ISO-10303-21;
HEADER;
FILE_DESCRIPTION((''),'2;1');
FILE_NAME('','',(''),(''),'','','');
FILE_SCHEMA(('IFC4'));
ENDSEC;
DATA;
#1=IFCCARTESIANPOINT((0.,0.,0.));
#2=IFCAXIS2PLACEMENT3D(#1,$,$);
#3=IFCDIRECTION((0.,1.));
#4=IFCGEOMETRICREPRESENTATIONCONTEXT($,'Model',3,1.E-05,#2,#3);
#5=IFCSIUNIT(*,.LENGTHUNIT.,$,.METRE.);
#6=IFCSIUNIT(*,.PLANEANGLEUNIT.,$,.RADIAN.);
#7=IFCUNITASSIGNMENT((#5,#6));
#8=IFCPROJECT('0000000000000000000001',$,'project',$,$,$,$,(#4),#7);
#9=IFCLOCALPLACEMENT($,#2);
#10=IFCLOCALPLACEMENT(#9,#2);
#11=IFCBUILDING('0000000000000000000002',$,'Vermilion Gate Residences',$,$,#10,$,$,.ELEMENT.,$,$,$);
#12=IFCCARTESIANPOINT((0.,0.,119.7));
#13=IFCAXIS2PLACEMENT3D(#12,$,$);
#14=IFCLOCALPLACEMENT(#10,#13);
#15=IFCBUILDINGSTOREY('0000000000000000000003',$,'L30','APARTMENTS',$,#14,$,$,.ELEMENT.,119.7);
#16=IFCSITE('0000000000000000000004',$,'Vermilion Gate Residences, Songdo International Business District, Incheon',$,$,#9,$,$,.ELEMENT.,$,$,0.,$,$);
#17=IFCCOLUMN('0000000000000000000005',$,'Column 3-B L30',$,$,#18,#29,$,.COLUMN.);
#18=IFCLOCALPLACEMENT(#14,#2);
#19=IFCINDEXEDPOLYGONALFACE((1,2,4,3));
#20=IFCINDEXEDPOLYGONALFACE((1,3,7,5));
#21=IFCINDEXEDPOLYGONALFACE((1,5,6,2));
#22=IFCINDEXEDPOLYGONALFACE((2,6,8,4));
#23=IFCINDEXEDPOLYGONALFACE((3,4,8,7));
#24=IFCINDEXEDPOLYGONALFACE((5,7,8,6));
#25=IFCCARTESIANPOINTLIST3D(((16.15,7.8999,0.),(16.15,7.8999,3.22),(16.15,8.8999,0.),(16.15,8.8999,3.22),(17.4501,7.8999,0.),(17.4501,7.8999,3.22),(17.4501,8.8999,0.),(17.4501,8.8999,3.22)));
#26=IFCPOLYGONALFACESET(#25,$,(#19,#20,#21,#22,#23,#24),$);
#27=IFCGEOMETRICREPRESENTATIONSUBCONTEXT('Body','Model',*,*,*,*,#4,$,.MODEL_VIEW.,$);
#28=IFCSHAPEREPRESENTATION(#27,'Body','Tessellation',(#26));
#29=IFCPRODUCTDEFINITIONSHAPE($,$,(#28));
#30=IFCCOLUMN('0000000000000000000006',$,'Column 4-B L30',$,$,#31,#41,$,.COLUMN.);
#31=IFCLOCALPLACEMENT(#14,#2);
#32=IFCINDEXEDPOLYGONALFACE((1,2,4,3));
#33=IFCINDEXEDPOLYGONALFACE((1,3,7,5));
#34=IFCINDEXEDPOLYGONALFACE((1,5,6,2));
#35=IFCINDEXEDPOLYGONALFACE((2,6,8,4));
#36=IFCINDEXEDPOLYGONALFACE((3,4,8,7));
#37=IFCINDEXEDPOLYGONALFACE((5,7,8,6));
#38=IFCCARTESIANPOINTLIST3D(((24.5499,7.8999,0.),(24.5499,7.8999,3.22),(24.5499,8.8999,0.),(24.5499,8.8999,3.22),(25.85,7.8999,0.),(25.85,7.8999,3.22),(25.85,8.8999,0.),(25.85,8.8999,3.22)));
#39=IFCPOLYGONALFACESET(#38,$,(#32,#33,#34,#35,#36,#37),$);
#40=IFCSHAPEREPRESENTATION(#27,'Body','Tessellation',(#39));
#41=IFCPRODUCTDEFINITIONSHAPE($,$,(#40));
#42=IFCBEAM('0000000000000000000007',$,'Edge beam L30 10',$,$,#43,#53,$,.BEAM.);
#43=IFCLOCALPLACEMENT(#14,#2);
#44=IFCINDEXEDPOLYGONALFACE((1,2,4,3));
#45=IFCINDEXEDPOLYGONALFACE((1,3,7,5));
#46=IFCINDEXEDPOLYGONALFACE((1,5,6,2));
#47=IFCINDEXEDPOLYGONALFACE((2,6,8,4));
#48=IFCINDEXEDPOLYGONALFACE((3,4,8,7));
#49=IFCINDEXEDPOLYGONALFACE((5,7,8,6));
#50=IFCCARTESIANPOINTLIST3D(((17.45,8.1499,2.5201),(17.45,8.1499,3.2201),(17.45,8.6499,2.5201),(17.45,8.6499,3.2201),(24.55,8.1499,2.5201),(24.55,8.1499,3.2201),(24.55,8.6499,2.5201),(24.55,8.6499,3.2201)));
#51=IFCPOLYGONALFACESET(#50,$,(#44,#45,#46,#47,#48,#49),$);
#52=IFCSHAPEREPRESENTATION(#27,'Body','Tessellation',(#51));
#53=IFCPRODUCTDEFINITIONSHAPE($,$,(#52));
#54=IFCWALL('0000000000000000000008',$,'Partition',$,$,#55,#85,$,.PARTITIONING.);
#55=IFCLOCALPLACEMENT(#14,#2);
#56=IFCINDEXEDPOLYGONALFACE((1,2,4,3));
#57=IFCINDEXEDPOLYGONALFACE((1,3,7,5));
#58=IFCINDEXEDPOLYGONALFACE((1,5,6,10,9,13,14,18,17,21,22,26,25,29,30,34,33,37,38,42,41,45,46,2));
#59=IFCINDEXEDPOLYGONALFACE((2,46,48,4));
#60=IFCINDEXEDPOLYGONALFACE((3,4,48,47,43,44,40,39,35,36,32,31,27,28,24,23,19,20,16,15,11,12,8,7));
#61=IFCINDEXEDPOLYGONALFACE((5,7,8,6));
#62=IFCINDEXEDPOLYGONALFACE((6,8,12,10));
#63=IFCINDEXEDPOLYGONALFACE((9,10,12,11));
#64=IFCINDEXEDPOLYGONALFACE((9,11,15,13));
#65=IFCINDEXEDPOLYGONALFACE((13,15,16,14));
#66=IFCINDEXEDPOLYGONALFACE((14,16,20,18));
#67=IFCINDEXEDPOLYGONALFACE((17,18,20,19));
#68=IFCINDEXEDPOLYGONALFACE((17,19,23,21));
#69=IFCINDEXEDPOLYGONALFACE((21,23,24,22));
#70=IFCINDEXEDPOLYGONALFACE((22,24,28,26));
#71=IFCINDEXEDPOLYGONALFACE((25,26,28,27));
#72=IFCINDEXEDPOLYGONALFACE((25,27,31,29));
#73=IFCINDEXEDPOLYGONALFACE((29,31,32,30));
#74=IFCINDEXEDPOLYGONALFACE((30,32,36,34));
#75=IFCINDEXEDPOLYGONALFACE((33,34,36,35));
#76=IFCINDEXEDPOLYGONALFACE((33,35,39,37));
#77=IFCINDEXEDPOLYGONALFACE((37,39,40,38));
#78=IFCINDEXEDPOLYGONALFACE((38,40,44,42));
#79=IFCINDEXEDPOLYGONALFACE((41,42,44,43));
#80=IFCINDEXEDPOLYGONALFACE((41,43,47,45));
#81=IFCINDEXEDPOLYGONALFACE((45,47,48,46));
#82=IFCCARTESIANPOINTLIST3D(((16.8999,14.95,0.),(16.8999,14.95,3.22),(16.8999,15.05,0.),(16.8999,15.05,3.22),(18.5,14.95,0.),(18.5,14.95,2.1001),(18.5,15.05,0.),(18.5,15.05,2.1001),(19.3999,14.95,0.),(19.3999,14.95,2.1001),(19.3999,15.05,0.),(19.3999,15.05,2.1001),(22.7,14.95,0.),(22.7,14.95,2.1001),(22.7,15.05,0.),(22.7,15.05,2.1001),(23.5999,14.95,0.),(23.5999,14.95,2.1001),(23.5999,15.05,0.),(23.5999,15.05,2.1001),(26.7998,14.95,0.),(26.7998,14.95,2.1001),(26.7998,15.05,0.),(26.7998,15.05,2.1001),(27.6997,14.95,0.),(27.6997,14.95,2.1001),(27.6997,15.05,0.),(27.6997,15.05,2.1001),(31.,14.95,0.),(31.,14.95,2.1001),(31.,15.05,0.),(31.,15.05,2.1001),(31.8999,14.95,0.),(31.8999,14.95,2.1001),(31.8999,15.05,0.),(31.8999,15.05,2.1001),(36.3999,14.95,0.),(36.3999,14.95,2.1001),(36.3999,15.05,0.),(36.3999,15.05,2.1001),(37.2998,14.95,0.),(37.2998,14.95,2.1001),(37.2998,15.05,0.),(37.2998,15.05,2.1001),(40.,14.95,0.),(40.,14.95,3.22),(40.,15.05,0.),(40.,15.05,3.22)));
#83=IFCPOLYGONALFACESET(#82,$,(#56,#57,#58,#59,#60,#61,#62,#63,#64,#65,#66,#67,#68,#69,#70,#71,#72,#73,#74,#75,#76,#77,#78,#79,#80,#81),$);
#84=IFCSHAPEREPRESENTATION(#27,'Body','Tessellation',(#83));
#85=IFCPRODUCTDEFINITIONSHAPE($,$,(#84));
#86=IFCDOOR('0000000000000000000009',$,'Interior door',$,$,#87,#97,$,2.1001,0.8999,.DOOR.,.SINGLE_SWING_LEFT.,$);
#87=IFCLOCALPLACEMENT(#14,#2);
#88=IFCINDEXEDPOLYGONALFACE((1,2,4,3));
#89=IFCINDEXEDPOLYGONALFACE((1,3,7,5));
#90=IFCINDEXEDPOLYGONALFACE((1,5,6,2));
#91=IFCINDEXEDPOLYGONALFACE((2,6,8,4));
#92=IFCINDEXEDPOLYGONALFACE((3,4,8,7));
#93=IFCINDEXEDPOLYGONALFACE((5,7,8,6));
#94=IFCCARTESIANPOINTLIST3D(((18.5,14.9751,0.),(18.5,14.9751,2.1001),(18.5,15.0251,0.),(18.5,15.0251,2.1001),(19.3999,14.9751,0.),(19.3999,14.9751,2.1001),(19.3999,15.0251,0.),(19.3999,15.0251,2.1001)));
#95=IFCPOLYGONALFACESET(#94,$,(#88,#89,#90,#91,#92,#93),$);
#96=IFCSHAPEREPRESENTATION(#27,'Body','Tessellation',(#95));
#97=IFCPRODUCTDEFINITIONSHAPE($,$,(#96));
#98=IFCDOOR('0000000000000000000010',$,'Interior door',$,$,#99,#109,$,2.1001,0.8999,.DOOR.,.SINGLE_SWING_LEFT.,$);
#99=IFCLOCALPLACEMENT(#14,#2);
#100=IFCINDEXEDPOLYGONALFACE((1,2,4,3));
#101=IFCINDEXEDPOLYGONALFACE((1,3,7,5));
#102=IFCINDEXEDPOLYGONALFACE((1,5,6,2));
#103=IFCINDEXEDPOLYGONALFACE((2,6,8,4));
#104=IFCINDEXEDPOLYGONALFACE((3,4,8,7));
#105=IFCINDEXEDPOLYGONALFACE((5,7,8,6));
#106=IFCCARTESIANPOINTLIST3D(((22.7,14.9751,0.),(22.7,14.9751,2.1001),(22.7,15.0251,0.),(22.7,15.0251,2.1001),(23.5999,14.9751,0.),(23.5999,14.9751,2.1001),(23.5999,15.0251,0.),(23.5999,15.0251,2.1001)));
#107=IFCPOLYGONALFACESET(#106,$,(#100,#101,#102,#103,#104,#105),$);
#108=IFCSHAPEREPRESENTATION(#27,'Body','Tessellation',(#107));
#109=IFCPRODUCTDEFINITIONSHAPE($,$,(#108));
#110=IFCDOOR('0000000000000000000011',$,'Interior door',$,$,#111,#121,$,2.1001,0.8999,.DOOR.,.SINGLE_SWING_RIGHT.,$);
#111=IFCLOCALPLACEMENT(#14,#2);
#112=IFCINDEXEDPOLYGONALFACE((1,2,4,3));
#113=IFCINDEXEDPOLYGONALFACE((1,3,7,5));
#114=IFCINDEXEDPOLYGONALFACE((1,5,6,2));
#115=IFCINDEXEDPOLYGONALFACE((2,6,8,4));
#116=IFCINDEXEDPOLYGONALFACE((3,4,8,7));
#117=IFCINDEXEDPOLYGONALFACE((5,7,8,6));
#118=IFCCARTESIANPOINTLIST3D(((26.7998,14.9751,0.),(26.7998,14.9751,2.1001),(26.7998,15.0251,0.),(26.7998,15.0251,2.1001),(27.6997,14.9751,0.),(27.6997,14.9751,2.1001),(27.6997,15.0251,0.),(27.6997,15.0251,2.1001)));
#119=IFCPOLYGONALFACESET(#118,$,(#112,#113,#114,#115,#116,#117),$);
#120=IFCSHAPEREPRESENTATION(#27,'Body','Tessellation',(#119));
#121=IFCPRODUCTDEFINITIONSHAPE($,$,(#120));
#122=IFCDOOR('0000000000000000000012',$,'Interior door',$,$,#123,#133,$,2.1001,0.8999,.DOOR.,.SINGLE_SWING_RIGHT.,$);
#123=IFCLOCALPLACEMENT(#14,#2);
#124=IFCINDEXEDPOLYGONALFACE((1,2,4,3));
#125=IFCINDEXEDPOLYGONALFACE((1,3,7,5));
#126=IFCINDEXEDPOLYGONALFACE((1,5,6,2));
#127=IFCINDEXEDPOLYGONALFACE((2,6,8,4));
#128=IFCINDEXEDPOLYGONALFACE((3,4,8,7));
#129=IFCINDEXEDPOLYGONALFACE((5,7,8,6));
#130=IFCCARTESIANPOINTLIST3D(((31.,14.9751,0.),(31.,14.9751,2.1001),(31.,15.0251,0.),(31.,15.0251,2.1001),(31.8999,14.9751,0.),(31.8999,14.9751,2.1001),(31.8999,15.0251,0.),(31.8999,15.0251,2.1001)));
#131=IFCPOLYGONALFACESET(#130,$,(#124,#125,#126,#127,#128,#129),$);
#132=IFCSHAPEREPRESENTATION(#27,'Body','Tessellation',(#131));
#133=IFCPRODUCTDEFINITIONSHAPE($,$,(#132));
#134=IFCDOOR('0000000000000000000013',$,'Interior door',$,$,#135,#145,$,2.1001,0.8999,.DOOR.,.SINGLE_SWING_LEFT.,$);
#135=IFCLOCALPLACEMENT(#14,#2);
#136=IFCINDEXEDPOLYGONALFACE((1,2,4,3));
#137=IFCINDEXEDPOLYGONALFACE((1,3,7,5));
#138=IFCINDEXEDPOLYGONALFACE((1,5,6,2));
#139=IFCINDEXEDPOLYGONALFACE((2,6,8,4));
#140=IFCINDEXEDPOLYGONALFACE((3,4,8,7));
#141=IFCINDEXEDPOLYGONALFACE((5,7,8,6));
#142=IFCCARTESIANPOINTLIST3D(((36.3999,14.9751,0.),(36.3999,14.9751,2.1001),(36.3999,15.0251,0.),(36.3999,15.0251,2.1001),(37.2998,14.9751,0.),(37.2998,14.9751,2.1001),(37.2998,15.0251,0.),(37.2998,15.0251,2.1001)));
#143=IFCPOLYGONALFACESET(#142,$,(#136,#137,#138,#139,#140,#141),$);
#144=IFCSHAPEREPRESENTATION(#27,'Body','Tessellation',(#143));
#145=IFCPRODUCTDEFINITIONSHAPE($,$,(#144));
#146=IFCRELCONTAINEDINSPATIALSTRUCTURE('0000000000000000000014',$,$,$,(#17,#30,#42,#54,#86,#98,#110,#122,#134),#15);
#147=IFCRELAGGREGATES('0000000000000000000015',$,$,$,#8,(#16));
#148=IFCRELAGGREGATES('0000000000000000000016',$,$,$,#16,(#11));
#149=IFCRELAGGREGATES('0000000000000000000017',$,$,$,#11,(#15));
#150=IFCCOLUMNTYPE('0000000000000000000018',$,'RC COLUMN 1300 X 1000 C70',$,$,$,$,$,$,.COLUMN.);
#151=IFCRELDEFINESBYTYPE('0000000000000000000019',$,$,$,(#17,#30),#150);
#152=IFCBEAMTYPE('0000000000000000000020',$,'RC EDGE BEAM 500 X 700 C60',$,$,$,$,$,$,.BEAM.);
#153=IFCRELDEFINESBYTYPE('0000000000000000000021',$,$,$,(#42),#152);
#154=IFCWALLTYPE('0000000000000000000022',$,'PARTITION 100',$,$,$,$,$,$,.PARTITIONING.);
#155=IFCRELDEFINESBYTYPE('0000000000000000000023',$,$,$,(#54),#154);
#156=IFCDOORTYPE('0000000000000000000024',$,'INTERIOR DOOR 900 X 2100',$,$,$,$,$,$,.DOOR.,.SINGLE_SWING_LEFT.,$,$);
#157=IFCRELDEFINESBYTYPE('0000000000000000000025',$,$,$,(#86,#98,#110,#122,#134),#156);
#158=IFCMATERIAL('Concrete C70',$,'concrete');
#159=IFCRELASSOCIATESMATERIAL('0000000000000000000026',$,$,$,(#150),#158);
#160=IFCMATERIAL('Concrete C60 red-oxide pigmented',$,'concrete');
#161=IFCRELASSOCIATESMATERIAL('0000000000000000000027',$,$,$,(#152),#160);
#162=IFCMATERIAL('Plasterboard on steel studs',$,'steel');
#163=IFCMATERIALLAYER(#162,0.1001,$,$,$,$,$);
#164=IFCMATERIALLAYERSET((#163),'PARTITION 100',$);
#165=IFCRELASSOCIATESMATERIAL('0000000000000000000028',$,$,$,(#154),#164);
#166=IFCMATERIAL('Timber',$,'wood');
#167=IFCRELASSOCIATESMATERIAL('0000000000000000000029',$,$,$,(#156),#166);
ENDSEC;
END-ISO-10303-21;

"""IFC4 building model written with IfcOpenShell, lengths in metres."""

from ifc_helpers import new_model, si_unit, direction, frame, frame_2d, origin, origin_2d, place, context, subcontext, project, spatial, rectangle, extrude, material, layer, layer_set, material_profile, profile_set, type_object, element, fill, save


model = new_model("IFC4")

# Units and contexts
model_context = context("Model", 3, precision=1e-05, world=origin(), true_north=direction((0.0, 1.0)))
body_context = subcontext(model_context, "Body", "Model", "MODEL_VIEW")
ifc_project = project(units=[si_unit("LENGTHUNIT", "METRE"), si_unit("PLANEANGLEUNIT", "RADIAN")], contexts=[model_context])

# Site, building, storey
site_placement = place(None, origin())
site = spatial("IfcSite", under=ifc_project, at=site_placement, Name="Vermilion Gate Residences, Songdo International Business District, Incheon", CompositionType="ELEMENT", RefElevation=0.0)
building_placement = place(site_placement, origin())
building = spatial("IfcBuilding", under=site, at=building_placement, Name="Vermilion Gate Residences", CompositionType="ELEMENT")
storey_placement = place(building_placement, frame((0.0, 0.0, 119.7)))
storey = spatial("IfcBuildingStorey", under=building, at=storey_placement, Name="L30", Description="APARTMENTS", CompositionType="ELEMENT", Elevation=119.7)

# Columns
ifc_material_1 = material(Name="Concrete C70", Category="concrete")
ifc_material_profile_1 = material_profile(ifc_material_1, rectangle(XDim=1.3, YDim=1.0, at=origin_2d()), Name="RC-1300x1000")
ifc_profile_set_1 = profile_set([ifc_material_profile_1], Name="Concrete C70")
column_type = type_object("IfcColumnType", Name="RC COLUMN 1300 X 1000 C70", PredefinedType="COLUMN", material=ifc_profile_set_1)
for number, where, z_axis, x_axis, name in (
    (1, (16.8, 8.3999, 0.0), (0.0, 0.0, 1.0), (1.0, 0.0, 0.0), "Column 3-B L30"),
    (2, (25.2, 8.3999, 0.0), (0.0, 0.0, 1.0), (1.0, 0.0, 0.0), "Column 4-B L30"),
):
    element("IfcColumn", number, at=place(storey_placement, frame(where, z_axis=z_axis, x_axis=x_axis)), inside=storey, type_object=column_type, Name=name, PredefinedType="COLUMN", context=body_context, shape_type="SweptSolid", body=[
        extrude(rectangle(XDim=1.3, YDim=1.0, at=origin_2d()), origin(), (0.0, 0.0, 1.0), 3.22),
    ])

# Beam
ifc_material_2 = material(Name="Concrete C60 red-oxide pigmented", Category="concrete")
ifc_material_profile_2 = material_profile(ifc_material_2, rectangle(XDim=0.5, YDim=0.7, at=origin_2d()), Name="RC-500x700")
ifc_profile_set_2 = profile_set([ifc_material_profile_2], Name="Concrete C60 red-oxide pigmented")
beam_type = type_object("IfcBeamType", Name="RC EDGE BEAM 500 X 700 C60", PredefinedType="BEAM", material=ifc_profile_set_2)
beam_placement = place(storey_placement, frame((17.45, 8.3999, 2.8701), z_axis=(1.0, 0.0, 0.0), x_axis=(0.0, 1.0, 0.0)))
element("IfcBeam", 3, at=beam_placement, inside=storey, type_object=beam_type, Name="Edge beam L30 10", PredefinedType="BEAM", context=body_context, shape_type="SweptSolid", body=[
    extrude(rectangle(XDim=0.5, YDim=0.7, at=origin_2d()), origin(), (0.0, 0.0, 1.0), 7.1001),
])

# Wall, openings, doors
ifc_material_3 = material(Name="Plasterboard on steel studs", Category="steel")
ifc_layer_1 = layer(ifc_material_3, 0.1001)
ifc_layer_set_1 = layer_set([ifc_layer_1], Name="PARTITION 100")
wall_type_1 = type_object("IfcWallType", Name="PARTITION 100", PredefinedType="PARTITIONING", material=ifc_layer_set_1)
wall_1_placement = place(storey_placement, frame((16.8999, 15.0, 0.0), z_axis=(0.0, 0.0, 1.0), x_axis=(1.0, 0.0, 0.0)))
wall_1 = element("IfcWall", 4, at=wall_1_placement, inside=storey, type_object=wall_type_1, Name="Partition", PredefinedType="PARTITIONING", context=body_context, shape_type="SweptSolid", body=[
    extrude(rectangle(XDim=23.1001, YDim=0.1001, at=frame_2d((11.55, 0.0))), origin(), (0.0, 0.0, 1.0), 3.22),
])
opening_1_placement = place(wall_1_placement, frame((1.6001, 0.0, 0.0)))
opening_1 = element("IfcOpeningElement", 5, at=opening_1_placement, cuts=wall_1, PredefinedType="OPENING", context=body_context, shape_type="SweptSolid", body=[
    extrude(rectangle(XDim=0.8999, YDim=2.1001, at=frame_2d((0.45, 1.05))), frame((0.0, 0.0601, 0.0), z_axis=(0.0, -1.0, 0.0), x_axis=(1.0, 0.0, 0.0)), (0.0, 0.0, 1.0), 0.1201),
])
opening_2_placement = place(wall_1_placement, frame((5.8, 0.0, 0.0)))
opening_2 = element("IfcOpeningElement", 6, at=opening_2_placement, cuts=wall_1, PredefinedType="OPENING", context=body_context, shape_type="SweptSolid", body=[
    extrude(rectangle(XDim=0.8999, YDim=2.1001, at=frame_2d((0.45, 1.05))), frame((0.0, 0.0601, 0.0), z_axis=(0.0, -1.0, 0.0), x_axis=(1.0, 0.0, 0.0)), (0.0, 0.0, 1.0), 0.1201),
])
opening_3_placement = place(wall_1_placement, frame((9.8999, 0.0, 0.0)))
opening_3 = element("IfcOpeningElement", 7, at=opening_3_placement, cuts=wall_1, PredefinedType="OPENING", context=body_context, shape_type="SweptSolid", body=[
    extrude(rectangle(XDim=0.8999, YDim=2.1001, at=frame_2d((0.45, 1.05))), frame((0.0, 0.0601, 0.0), z_axis=(0.0, -1.0, 0.0), x_axis=(1.0, 0.0, 0.0)), (0.0, 0.0, 1.0), 0.1201),
])
opening_4_placement = place(wall_1_placement, frame((14.1001, 0.0, 0.0)))
opening_4 = element("IfcOpeningElement", 8, at=opening_4_placement, cuts=wall_1, PredefinedType="OPENING", context=body_context, shape_type="SweptSolid", body=[
    extrude(rectangle(XDim=0.8999, YDim=2.1001, at=frame_2d((0.45, 1.05))), frame((0.0, 0.0601, 0.0), z_axis=(0.0, -1.0, 0.0), x_axis=(1.0, 0.0, 0.0)), (0.0, 0.0, 1.0), 0.1201),
])
opening_5_placement = place(wall_1_placement, frame((19.5, 0.0, 0.0)))
opening_5 = element("IfcOpeningElement", 9, at=opening_5_placement, cuts=wall_1, PredefinedType="OPENING", context=body_context, shape_type="SweptSolid", body=[
    extrude(rectangle(XDim=0.8999, YDim=2.1001, at=frame_2d((0.45, 1.05))), frame((0.0, 0.0601, 0.0), z_axis=(0.0, -1.0, 0.0), x_axis=(1.0, 0.0, 0.0)), (0.0, 0.0, 1.0), 0.1201),
])
ifc_material_4 = material(Name="Timber", Category="wood")
door_type = type_object("IfcDoorType", Name="INTERIOR DOOR 900 X 2100", OperationType="SINGLE_SWING_LEFT", PredefinedType="DOOR", material=ifc_material_4)
door_1_placement = place(opening_1_placement, frame((0.8999, 0.0, 0.0), z_axis=(0.0, 0.0, 1.0), x_axis=(-1.0, 0.0, 0.0)))
door_1 = element("IfcDoor", 10, at=door_1_placement, inside=storey, type_object=door_type, Name="Interior door", OperationType="SINGLE_SWING_LEFT", OverallHeight=2.1001, OverallWidth=0.8999, PredefinedType="DOOR", context=body_context, shape_type="SweptSolid", body=[
    extrude(rectangle(XDim=0.8999, YDim=2.1001, at=frame_2d((0.45, 1.05))), frame((0.0, 0.0249, 0.0), z_axis=(0.0, -1.0, 0.0), x_axis=(1.0, 0.0, 0.0)), (0.0, 0.0, 1.0), 0.05),
])
fill(opening_1, door_1)
door_2_placement = place(opening_2_placement, frame((0.8999, 0.0, 0.0), z_axis=(0.0, 0.0, 1.0), x_axis=(-1.0, 0.0, 0.0)))
door_2 = element("IfcDoor", 11, at=door_2_placement, inside=storey, type_object=door_type, Name="Interior door", OperationType="SINGLE_SWING_LEFT", OverallHeight=2.1001, OverallWidth=0.8999, PredefinedType="DOOR", context=body_context, shape_type="SweptSolid", body=[
    extrude(rectangle(XDim=0.8999, YDim=2.1001, at=frame_2d((0.45, 1.05))), frame((0.0, 0.0249, 0.0), z_axis=(0.0, -1.0, 0.0), x_axis=(1.0, 0.0, 0.0)), (0.0, 0.0, 1.0), 0.05),
])
fill(opening_2, door_2)
door_3_placement = place(opening_3_placement, frame((0.8999, 0.0, 0.0), z_axis=(0.0, 0.0, 1.0), x_axis=(-1.0, 0.0, 0.0)))
door_3 = element("IfcDoor", 12, at=door_3_placement, inside=storey, type_object=door_type, Name="Interior door", OperationType="SINGLE_SWING_RIGHT", OverallHeight=2.1001, OverallWidth=0.8999, PredefinedType="DOOR", context=body_context, shape_type="SweptSolid", body=[
    extrude(rectangle(XDim=0.8999, YDim=2.1001, at=frame_2d((0.45, 1.05))), frame((0.0, 0.0249, 0.0), z_axis=(0.0, -1.0, 0.0), x_axis=(1.0, 0.0, 0.0)), (0.0, 0.0, 1.0), 0.05),
])
fill(opening_3, door_3)
door_4_placement = place(opening_4_placement, frame((0.8999, 0.0, 0.0), z_axis=(0.0, 0.0, 1.0), x_axis=(-1.0, 0.0, 0.0)))
door_4 = element("IfcDoor", 13, at=door_4_placement, inside=storey, type_object=door_type, Name="Interior door", OperationType="SINGLE_SWING_RIGHT", OverallHeight=2.1001, OverallWidth=0.8999, PredefinedType="DOOR", context=body_context, shape_type="SweptSolid", body=[
    extrude(rectangle(XDim=0.8999, YDim=2.1001, at=frame_2d((0.45, 1.05))), frame((0.0, 0.0249, 0.0), z_axis=(0.0, -1.0, 0.0), x_axis=(1.0, 0.0, 0.0)), (0.0, 0.0, 1.0), 0.05),
])
fill(opening_4, door_4)
door_5_placement = place(opening_5_placement, frame((0.8999, 0.0, 0.0), z_axis=(0.0, 0.0, 1.0), x_axis=(-1.0, 0.0, 0.0)))
door_5 = element("IfcDoor", 14, at=door_5_placement, inside=storey, type_object=door_type, Name="Interior door", OperationType="SINGLE_SWING_LEFT", OverallHeight=2.1001, OverallWidth=0.8999, PredefinedType="DOOR", context=body_context, shape_type="SweptSolid", body=[
    extrude(rectangle(XDim=0.8999, YDim=2.1001, at=frame_2d((0.45, 1.05))), frame((0.0, 0.0249, 0.0), z_axis=(0.0, -1.0, 0.0), x_axis=(1.0, 0.0, 0.0)), (0.0, 0.0, 1.0), 0.05),
])
fill(opening_5, door_5)

save(model, "model.ifc")
